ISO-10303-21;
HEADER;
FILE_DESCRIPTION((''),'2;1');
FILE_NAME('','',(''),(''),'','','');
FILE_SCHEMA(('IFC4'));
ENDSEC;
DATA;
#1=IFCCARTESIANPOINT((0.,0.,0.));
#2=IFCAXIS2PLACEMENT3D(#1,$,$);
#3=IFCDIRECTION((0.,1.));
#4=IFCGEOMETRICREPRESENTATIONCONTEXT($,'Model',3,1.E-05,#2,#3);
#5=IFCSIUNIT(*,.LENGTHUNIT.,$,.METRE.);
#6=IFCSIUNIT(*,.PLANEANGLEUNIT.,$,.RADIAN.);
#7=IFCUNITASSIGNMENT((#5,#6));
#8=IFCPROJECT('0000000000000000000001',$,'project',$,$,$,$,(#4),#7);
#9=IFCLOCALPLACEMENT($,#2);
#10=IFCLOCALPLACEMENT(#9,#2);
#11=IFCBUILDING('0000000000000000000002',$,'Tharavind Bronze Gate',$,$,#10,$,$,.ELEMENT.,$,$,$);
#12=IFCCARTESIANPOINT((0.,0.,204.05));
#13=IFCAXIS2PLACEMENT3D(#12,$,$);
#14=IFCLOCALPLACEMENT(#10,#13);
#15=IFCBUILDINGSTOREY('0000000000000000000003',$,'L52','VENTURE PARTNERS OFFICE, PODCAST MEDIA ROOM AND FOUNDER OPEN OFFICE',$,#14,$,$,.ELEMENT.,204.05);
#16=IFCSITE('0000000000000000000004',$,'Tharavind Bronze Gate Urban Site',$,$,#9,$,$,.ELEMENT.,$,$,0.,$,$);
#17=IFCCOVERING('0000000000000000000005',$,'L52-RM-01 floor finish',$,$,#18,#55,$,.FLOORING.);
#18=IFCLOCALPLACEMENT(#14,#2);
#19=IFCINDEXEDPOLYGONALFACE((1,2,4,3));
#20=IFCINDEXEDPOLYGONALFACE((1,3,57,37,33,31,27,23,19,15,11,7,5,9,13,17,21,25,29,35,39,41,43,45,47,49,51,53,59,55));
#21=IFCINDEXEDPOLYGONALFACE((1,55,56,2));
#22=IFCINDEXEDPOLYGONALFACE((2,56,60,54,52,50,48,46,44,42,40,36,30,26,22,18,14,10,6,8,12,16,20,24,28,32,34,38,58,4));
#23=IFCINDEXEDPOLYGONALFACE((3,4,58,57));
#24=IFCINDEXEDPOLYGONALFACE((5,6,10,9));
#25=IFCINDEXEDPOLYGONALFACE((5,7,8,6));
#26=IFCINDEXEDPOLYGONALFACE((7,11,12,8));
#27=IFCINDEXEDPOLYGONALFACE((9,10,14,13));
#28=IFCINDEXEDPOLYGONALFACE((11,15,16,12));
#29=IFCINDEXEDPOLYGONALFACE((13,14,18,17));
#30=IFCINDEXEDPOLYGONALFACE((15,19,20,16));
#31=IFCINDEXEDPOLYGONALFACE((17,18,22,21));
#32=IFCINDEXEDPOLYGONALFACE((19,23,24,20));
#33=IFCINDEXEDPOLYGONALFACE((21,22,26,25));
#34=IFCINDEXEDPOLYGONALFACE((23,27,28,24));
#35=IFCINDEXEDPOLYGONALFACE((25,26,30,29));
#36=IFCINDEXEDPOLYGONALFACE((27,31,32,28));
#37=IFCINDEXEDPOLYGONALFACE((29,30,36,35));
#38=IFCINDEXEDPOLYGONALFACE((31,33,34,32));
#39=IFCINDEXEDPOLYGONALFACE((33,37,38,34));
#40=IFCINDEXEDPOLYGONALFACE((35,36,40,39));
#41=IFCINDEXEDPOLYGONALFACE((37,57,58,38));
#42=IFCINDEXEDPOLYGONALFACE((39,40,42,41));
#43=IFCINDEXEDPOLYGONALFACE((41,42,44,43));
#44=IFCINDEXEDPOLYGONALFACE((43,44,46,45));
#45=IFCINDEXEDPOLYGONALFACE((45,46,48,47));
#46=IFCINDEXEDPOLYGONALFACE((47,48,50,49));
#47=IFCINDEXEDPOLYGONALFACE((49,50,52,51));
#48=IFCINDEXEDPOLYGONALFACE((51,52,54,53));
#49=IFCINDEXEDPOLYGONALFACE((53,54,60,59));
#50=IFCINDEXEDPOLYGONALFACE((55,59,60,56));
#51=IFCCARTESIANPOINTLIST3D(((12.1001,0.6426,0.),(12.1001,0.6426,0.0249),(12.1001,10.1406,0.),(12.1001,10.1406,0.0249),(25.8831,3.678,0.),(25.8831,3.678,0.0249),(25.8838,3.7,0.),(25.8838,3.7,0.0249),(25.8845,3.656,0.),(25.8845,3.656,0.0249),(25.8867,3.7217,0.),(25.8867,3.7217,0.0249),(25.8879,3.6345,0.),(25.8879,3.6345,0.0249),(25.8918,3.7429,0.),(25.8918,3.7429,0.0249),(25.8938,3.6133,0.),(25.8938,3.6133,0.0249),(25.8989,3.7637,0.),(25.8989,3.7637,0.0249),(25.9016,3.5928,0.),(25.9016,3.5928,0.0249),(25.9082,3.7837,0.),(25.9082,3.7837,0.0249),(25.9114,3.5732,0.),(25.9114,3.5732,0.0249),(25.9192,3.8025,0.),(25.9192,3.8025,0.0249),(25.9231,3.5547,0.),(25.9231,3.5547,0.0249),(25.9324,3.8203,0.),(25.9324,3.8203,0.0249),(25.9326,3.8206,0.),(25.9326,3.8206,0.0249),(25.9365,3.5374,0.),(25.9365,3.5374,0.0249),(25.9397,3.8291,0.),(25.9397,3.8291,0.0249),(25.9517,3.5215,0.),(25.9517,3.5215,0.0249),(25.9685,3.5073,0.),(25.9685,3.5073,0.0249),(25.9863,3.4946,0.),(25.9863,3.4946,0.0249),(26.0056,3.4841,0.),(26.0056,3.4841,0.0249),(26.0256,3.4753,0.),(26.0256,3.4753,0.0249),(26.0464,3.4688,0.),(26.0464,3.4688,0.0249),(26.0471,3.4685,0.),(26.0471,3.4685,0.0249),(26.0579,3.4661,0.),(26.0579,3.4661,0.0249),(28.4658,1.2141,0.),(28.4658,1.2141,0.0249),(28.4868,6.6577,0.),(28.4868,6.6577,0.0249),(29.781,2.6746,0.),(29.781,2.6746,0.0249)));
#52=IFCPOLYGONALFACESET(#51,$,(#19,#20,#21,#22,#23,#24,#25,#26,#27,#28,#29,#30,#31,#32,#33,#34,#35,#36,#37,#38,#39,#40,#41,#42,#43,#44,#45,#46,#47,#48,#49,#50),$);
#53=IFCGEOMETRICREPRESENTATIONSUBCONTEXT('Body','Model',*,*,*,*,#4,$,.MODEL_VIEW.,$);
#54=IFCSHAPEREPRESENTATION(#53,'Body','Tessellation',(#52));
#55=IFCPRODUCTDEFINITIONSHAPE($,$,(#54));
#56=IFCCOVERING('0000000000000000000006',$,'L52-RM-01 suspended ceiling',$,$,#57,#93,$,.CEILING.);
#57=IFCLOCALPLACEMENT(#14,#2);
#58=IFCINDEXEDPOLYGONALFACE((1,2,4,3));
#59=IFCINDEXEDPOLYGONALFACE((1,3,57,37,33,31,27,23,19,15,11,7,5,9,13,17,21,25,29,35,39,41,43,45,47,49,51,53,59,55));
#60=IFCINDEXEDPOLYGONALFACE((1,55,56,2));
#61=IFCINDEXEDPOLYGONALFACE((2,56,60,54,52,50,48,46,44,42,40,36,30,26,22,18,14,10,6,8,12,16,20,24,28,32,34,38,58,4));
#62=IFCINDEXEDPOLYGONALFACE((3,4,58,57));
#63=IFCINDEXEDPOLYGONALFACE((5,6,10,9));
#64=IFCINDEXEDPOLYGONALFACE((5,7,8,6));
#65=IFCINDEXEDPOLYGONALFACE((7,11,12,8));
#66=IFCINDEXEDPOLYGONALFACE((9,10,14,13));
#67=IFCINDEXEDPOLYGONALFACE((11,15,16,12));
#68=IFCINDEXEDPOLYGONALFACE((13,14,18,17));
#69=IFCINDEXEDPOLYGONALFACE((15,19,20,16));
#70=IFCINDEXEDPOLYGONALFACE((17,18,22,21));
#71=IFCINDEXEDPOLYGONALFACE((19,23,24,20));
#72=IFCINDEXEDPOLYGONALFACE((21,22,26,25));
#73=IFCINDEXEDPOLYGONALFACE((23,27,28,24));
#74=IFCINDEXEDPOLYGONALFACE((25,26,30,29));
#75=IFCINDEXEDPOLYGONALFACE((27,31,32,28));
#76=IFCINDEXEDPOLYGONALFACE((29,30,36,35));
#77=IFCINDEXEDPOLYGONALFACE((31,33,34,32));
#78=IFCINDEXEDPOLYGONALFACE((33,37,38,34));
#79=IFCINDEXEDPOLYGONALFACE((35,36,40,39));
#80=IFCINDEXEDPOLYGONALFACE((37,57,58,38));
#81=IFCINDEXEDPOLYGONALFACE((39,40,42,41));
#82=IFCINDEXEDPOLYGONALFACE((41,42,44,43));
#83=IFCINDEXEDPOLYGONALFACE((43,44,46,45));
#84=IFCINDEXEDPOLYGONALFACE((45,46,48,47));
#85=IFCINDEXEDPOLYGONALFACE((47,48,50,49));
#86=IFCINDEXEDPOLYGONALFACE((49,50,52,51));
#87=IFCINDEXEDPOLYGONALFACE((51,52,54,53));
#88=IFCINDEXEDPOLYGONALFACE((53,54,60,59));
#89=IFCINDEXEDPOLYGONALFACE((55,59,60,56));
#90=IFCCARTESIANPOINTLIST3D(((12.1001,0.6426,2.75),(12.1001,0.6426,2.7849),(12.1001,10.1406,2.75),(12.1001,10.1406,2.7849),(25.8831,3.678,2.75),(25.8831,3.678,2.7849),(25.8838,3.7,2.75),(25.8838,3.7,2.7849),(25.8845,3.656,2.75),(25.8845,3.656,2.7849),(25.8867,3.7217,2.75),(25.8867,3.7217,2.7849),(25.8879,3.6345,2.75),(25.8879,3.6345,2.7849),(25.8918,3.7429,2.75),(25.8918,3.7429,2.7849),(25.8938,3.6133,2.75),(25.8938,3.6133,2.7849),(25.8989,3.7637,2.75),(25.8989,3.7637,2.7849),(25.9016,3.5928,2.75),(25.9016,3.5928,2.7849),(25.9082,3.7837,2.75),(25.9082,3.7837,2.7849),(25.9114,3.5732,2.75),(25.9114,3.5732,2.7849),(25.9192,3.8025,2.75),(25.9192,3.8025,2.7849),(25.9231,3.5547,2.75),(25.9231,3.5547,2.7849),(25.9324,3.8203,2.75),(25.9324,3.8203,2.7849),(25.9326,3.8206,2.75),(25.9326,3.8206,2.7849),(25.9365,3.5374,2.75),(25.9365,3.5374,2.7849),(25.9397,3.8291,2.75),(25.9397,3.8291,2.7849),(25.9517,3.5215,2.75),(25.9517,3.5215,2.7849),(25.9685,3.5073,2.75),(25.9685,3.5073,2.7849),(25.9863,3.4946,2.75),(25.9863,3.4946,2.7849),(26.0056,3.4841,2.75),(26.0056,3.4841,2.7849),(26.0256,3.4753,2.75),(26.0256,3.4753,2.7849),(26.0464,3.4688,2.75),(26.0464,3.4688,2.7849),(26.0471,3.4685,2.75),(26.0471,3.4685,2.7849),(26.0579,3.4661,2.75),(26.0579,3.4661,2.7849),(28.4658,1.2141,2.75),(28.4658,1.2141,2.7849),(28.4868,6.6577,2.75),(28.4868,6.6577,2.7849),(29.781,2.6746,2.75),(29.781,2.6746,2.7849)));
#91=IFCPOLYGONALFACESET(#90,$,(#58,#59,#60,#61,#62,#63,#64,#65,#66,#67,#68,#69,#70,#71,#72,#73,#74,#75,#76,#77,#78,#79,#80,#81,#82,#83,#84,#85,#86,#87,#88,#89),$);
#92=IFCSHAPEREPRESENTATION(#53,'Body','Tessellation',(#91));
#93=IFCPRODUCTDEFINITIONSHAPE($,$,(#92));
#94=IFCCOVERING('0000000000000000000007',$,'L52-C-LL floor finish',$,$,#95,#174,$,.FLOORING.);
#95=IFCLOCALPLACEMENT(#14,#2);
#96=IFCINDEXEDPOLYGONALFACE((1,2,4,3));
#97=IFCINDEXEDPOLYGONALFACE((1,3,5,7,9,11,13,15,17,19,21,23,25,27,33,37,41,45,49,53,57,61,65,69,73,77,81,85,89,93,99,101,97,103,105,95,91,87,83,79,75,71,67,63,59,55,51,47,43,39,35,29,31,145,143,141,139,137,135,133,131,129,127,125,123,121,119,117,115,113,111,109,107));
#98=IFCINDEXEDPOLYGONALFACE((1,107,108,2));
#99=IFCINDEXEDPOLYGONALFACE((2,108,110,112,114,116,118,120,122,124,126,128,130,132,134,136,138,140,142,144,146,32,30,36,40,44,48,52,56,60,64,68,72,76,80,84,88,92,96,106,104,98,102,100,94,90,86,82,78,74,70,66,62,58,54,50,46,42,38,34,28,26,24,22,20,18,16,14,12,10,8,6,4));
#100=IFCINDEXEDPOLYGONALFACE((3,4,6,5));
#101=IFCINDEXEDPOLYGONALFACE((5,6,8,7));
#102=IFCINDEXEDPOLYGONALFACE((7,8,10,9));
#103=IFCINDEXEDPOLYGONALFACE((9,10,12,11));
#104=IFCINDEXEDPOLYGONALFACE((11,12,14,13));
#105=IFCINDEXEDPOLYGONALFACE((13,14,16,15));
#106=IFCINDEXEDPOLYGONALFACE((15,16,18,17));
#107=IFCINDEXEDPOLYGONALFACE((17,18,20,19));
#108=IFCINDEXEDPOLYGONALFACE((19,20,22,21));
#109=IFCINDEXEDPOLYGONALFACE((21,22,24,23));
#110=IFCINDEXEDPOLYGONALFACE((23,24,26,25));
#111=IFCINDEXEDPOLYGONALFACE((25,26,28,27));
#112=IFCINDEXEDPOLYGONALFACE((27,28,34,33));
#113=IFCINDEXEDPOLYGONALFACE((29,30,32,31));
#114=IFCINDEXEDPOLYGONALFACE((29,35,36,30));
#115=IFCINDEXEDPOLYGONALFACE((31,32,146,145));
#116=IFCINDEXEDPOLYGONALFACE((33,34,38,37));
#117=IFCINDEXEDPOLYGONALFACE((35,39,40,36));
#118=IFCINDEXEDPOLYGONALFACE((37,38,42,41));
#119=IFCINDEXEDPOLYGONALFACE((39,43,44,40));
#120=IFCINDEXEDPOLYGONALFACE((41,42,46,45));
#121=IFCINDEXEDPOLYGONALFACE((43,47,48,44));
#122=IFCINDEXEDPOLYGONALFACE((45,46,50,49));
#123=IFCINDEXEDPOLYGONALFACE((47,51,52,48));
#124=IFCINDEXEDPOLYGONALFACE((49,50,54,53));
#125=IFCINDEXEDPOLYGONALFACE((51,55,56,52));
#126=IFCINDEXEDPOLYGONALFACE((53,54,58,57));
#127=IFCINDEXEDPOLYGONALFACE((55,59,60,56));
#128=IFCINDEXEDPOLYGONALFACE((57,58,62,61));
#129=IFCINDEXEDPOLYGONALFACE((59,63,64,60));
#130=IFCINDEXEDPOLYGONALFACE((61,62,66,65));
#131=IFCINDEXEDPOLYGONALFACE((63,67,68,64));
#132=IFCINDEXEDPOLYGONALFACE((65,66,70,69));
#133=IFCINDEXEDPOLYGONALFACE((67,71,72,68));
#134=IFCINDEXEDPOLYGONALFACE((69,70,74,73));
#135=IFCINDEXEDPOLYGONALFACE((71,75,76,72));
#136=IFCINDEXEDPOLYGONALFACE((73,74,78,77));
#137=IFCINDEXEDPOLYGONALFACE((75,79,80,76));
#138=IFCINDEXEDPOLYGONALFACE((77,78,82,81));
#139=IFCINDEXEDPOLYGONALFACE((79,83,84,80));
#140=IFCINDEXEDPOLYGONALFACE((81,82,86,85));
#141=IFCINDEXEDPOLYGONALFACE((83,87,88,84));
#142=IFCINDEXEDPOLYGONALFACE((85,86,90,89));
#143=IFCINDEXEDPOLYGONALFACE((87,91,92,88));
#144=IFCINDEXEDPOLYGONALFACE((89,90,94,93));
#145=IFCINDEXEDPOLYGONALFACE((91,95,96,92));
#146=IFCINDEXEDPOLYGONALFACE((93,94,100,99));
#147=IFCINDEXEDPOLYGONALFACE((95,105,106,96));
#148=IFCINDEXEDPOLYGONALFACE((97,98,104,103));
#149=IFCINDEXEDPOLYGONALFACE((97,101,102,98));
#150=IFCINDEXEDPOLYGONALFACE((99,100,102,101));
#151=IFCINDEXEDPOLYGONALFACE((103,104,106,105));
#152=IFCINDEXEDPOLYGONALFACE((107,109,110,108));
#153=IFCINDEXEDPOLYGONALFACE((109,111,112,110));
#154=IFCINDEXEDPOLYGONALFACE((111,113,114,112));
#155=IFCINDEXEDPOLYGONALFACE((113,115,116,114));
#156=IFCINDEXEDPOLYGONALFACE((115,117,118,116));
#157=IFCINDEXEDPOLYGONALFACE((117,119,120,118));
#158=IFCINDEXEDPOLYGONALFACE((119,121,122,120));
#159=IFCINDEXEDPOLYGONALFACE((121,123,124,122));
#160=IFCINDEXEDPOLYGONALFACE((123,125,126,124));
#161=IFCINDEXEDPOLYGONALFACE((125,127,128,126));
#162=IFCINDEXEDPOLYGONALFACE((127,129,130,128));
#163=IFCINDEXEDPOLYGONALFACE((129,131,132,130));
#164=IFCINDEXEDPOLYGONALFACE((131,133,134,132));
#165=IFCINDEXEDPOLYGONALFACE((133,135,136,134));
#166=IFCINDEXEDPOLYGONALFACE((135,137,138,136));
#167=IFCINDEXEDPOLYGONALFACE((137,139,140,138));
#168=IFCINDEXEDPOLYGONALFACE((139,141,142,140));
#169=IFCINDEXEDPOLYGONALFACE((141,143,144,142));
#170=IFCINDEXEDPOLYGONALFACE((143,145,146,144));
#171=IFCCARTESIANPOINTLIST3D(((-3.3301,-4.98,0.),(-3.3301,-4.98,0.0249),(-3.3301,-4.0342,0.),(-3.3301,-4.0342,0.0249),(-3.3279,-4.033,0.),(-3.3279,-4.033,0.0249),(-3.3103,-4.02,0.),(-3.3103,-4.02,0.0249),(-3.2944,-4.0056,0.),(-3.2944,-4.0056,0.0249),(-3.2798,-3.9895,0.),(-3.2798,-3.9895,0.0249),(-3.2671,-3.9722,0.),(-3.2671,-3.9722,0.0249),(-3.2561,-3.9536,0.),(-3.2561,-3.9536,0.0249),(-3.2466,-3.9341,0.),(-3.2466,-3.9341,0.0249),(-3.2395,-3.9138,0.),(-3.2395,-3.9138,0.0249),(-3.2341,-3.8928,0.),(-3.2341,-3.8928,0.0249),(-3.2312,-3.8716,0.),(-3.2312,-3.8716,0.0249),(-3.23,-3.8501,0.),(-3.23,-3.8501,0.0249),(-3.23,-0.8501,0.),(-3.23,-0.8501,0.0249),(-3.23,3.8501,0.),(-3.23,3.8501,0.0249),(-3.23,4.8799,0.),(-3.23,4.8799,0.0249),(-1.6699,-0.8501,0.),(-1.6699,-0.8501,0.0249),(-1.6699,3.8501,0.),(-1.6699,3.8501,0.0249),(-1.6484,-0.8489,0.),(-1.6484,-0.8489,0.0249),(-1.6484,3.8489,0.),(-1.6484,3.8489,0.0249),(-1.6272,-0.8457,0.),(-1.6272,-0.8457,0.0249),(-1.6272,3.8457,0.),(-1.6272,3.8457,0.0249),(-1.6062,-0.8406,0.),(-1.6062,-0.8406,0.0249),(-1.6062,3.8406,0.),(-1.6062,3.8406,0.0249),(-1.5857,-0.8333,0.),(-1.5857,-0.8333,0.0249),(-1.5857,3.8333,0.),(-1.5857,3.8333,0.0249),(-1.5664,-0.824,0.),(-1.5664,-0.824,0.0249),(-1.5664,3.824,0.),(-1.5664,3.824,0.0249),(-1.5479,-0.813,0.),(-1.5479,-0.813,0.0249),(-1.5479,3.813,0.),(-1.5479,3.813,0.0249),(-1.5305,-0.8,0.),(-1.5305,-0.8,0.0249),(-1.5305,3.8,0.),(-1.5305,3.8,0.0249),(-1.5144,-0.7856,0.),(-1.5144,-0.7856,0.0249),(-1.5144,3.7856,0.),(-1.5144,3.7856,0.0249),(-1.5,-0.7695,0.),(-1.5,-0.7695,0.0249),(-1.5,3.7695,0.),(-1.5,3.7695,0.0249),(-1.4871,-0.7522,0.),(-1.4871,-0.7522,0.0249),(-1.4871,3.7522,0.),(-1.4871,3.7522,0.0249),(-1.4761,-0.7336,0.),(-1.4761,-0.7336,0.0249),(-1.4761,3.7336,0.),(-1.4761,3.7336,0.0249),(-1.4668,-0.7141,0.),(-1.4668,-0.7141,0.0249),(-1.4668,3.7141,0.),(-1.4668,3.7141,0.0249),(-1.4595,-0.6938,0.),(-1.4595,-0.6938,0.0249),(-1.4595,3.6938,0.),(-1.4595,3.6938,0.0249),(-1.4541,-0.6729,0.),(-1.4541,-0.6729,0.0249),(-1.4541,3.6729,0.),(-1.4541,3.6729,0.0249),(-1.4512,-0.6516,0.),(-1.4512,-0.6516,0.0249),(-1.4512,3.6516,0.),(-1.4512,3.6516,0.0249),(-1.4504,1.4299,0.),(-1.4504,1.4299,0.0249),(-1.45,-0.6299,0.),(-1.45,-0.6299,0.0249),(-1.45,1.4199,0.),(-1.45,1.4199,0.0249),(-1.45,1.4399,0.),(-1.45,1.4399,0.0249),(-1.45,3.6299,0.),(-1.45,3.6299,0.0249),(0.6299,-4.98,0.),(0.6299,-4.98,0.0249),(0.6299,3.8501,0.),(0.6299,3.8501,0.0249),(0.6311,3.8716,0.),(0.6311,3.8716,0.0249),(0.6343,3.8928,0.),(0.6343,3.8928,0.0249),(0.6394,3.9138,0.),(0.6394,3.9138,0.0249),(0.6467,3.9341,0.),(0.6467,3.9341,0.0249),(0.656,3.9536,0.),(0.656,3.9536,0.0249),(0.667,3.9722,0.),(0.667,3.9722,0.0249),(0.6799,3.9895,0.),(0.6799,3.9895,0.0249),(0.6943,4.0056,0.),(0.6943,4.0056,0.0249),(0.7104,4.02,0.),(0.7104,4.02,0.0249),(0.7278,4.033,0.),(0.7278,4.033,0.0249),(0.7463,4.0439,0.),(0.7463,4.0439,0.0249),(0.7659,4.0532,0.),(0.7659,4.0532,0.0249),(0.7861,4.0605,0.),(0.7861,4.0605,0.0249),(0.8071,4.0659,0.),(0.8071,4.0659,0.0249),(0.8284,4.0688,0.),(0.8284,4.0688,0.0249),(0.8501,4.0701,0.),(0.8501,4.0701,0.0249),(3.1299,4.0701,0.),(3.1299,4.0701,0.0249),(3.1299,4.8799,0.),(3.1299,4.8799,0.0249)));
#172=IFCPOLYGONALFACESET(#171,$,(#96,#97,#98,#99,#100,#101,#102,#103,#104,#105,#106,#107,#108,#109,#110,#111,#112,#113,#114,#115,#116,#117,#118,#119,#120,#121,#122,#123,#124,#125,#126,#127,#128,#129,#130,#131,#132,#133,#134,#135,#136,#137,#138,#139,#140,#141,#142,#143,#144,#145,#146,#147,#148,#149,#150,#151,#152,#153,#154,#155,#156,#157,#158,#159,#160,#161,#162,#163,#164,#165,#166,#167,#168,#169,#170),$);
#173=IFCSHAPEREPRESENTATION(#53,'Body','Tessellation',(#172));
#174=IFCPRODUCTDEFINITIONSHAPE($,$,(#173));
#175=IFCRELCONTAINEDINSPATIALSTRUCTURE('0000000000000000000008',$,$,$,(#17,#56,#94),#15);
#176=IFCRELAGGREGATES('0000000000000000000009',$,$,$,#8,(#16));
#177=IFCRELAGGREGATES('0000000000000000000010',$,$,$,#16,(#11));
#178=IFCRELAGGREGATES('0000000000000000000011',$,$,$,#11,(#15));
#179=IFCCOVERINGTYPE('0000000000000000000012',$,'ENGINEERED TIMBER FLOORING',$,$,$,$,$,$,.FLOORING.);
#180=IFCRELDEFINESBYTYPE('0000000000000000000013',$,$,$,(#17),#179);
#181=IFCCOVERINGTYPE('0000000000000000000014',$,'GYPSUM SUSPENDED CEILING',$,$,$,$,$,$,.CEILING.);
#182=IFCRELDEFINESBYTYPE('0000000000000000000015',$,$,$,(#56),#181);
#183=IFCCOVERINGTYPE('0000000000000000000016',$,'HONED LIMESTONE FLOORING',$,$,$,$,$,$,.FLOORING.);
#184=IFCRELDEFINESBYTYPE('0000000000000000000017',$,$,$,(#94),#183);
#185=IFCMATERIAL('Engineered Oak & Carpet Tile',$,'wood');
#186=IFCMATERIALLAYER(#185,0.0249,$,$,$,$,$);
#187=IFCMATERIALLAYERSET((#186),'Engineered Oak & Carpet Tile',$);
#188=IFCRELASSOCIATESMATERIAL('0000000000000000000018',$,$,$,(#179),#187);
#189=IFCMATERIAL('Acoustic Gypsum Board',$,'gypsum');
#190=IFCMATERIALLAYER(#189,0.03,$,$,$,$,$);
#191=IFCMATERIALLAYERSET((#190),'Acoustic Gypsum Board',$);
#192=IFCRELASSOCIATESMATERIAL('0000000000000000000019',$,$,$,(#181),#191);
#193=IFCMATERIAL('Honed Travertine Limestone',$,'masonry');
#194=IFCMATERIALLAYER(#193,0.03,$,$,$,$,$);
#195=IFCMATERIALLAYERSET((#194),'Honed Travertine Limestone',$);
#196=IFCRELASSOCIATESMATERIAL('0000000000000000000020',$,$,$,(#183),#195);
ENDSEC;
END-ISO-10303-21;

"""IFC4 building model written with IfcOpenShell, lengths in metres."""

from ifc_helpers import new_model, si_unit, direction, frame, origin, place, context, subcontext, project, spatial, polyline, outline, extrude, material, layer, layer_set, type_object, element, save


model = new_model("IFC4")

# Units and contexts
model_context = context("Model", 3, precision=1e-05, world=origin(), true_north=direction((0.0, 1.0)))
body_context = subcontext(model_context, "Body", "Model", "MODEL_VIEW")
ifc_project = project(units=[si_unit("LENGTHUNIT", "METRE"), si_unit("PLANEANGLEUNIT", "RADIAN")], contexts=[model_context])

# Site, building, storey
site_placement = place(None, origin())
site = spatial("IfcSite", under=ifc_project, at=site_placement, Name="Tharavind Bronze Gate Urban Site", CompositionType="ELEMENT", RefElevation=0.0)
building_placement = place(site_placement, origin())
building = spatial("IfcBuilding", under=site, at=building_placement, Name="Tharavind Bronze Gate", CompositionType="ELEMENT")
storey_placement = place(building_placement, frame((0.0, 0.0, 204.05)))
storey = spatial("IfcBuildingStorey", under=building, at=storey_placement, Name="L52", Description="VENTURE PARTNERS OFFICE, PODCAST MEDIA ROOM AND FOUNDER OPEN OFFICE", CompositionType="ELEMENT", Elevation=204.05)

# Coverings
ifc_material_1 = material(Name="Engineered Oak & Carpet Tile", Category="wood")
ifc_layer_1 = layer(ifc_material_1, 0.0249)
ifc_layer_set_1 = layer_set([ifc_layer_1], Name="Engineered Oak & Carpet Tile")
covering_type_1 = type_object("IfcCoveringType", Name="ENGINEERED TIMBER FLOORING", PredefinedType="FLOORING", material=ifc_layer_set_1)
covering_1_placement = place(storey_placement, origin())
element("IfcCovering", 1, at=covering_1_placement, inside=storey, type_object=covering_type_1, Name="L52-RM-01 floor finish", PredefinedType="FLOORING", context=body_context, shape_type="SweptSolid", body=[
    extrude(outline(polyline([(12.1001, 0.6426), (28.4658, 1.2141), (29.781, 2.6746), (26.0579, 3.4661), (26.0471, 3.4685), (26.0464, 3.4688), (26.0256, 3.4753), (26.0056, 3.4841), (25.9863, 3.4946), (25.9685, 3.5073), (25.9517, 3.5215), (25.9365, 3.5374), (25.9231, 3.5547), (25.9114, 3.5732), (25.9016, 3.5928), (25.8938, 3.6133), (25.8879, 3.6345), (25.8845, 3.656), (25.8831, 3.678), (25.8838, 3.7), (25.8867, 3.7217), (25.8918, 3.7429), (25.8989, 3.7637), (25.9082, 3.7837), (25.9192, 3.8025), (25.9324, 3.8203), (25.9326, 3.8206), (25.9397, 3.8291), (28.4868, 6.6577), (12.1001, 10.1406), (12.1001, 0.6426)])), origin(), (0.0, 0.0, 1.0), 0.0249),
])
ifc_material_2 = material(Name="Acoustic Gypsum Board", Category="gypsum")
ifc_layer_2 = layer(ifc_material_2, 0.03)
ifc_layer_set_2 = layer_set([ifc_layer_2], Name="Acoustic Gypsum Board")
covering_type_2 = type_object("IfcCoveringType", Name="GYPSUM SUSPENDED CEILING", PredefinedType="CEILING", material=ifc_layer_set_2)
covering_2_placement = place(storey_placement, frame((0.0, 0.0, 2.75)))
element("IfcCovering", 2, at=covering_2_placement, inside=storey, type_object=covering_type_2, Name="L52-RM-01 suspended ceiling", PredefinedType="CEILING", context=body_context, shape_type="SweptSolid", body=[
    extrude(outline(polyline([(12.1001, 0.6426), (28.4658, 1.2141), (29.781, 2.6746), (26.0579, 3.4661), (26.0471, 3.4685), (26.0464, 3.4688), (26.0256, 3.4753), (26.0056, 3.4841), (25.9863, 3.4946), (25.9685, 3.5073), (25.9517, 3.5215), (25.9365, 3.5374), (25.9231, 3.5547), (25.9114, 3.5732), (25.9016, 3.5928), (25.8938, 3.6133), (25.8879, 3.6345), (25.8845, 3.656), (25.8831, 3.678), (25.8838, 3.7), (25.8867, 3.7217), (25.8918, 3.7429), (25.8989, 3.7637), (25.9082, 3.7837), (25.9192, 3.8025), (25.9324, 3.8203), (25.9326, 3.8206), (25.9397, 3.8291), (28.4868, 6.6577), (12.1001, 10.1406), (12.1001, 0.6426)])), origin(), (0.0, 0.0, 1.0), 0.0349),
])
ifc_material_3 = material(Name="Honed Travertine Limestone", Category="masonry")
ifc_layer_3 = layer(ifc_material_3, 0.03)
ifc_layer_set_3 = layer_set([ifc_layer_3], Name="Honed Travertine Limestone")
covering_type_3 = type_object("IfcCoveringType", Name="HONED LIMESTONE FLOORING", PredefinedType="FLOORING", material=ifc_layer_set_3)
covering_3_placement = place(storey_placement, origin())
element("IfcCovering", 3, at=covering_3_placement, inside=storey, type_object=covering_type_3, Name="L52-C-LL floor finish", PredefinedType="FLOORING", context=body_context, shape_type="SweptSolid", body=[
    extrude(outline(polyline([(-3.3301, -4.98), (0.6299, -4.98), (0.6299, 3.8501), (0.6311, 3.8716), (0.6343, 3.8928), (0.6394, 3.9138), (0.6467, 3.9341), (0.656, 3.9536), (0.667, 3.9722), (0.6799, 3.9895), (0.6943, 4.0056), (0.7104, 4.02), (0.7278, 4.033), (0.7463, 4.0439), (0.7659, 4.0532), (0.7861, 4.0605), (0.8071, 4.0659), (0.8284, 4.0688), (0.8501, 4.0701), (3.1299, 4.0701), (3.1299, 4.8799), (-3.23, 4.8799), (-3.23, 3.8501), (-1.6699, 3.8501), (-1.6484, 3.8489), (-1.6272, 3.8457), (-1.6062, 3.8406), (-1.5857, 3.8333), (-1.5664, 3.824), (-1.5479, 3.813), (-1.5305, 3.8), (-1.5144, 3.7856), (-1.5, 3.7695), (-1.4871, 3.7522), (-1.4761, 3.7336), (-1.4668, 3.7141), (-1.4595, 3.6938), (-1.4541, 3.6729), (-1.4512, 3.6516), (-1.45, 3.6299), (-1.45, 1.4399), (-1.4504, 1.4299), (-1.45, 1.4199), (-1.45, -0.6299), (-1.4512, -0.6516), (-1.4541, -0.6729), (-1.4595, -0.6938), (-1.4668, -0.7141), (-1.4761, -0.7336), (-1.4871, -0.7522), (-1.5, -0.7695), (-1.5144, -0.7856), (-1.5305, -0.8), (-1.5479, -0.813), (-1.5664, -0.824), (-1.5857, -0.8333), (-1.6062, -0.8406), (-1.6272, -0.8457), (-1.6484, -0.8489), (-1.6699, -0.8501), (-3.23, -0.8501), (-3.23, -3.8501), (-3.2312, -3.8716), (-3.2341, -3.8928), (-3.2395, -3.9138), (-3.2466, -3.9341), (-3.2561, -3.9536), (-3.2671, -3.9722), (-3.2798, -3.9895), (-3.2944, -4.0056), (-3.3103, -4.02), (-3.3279, -4.033), (-3.3301, -4.0342), (-3.3301, -4.98)])), origin(), (0.0, 0.0, 1.0), 0.0249),
])

save(model, "model.ifc")
